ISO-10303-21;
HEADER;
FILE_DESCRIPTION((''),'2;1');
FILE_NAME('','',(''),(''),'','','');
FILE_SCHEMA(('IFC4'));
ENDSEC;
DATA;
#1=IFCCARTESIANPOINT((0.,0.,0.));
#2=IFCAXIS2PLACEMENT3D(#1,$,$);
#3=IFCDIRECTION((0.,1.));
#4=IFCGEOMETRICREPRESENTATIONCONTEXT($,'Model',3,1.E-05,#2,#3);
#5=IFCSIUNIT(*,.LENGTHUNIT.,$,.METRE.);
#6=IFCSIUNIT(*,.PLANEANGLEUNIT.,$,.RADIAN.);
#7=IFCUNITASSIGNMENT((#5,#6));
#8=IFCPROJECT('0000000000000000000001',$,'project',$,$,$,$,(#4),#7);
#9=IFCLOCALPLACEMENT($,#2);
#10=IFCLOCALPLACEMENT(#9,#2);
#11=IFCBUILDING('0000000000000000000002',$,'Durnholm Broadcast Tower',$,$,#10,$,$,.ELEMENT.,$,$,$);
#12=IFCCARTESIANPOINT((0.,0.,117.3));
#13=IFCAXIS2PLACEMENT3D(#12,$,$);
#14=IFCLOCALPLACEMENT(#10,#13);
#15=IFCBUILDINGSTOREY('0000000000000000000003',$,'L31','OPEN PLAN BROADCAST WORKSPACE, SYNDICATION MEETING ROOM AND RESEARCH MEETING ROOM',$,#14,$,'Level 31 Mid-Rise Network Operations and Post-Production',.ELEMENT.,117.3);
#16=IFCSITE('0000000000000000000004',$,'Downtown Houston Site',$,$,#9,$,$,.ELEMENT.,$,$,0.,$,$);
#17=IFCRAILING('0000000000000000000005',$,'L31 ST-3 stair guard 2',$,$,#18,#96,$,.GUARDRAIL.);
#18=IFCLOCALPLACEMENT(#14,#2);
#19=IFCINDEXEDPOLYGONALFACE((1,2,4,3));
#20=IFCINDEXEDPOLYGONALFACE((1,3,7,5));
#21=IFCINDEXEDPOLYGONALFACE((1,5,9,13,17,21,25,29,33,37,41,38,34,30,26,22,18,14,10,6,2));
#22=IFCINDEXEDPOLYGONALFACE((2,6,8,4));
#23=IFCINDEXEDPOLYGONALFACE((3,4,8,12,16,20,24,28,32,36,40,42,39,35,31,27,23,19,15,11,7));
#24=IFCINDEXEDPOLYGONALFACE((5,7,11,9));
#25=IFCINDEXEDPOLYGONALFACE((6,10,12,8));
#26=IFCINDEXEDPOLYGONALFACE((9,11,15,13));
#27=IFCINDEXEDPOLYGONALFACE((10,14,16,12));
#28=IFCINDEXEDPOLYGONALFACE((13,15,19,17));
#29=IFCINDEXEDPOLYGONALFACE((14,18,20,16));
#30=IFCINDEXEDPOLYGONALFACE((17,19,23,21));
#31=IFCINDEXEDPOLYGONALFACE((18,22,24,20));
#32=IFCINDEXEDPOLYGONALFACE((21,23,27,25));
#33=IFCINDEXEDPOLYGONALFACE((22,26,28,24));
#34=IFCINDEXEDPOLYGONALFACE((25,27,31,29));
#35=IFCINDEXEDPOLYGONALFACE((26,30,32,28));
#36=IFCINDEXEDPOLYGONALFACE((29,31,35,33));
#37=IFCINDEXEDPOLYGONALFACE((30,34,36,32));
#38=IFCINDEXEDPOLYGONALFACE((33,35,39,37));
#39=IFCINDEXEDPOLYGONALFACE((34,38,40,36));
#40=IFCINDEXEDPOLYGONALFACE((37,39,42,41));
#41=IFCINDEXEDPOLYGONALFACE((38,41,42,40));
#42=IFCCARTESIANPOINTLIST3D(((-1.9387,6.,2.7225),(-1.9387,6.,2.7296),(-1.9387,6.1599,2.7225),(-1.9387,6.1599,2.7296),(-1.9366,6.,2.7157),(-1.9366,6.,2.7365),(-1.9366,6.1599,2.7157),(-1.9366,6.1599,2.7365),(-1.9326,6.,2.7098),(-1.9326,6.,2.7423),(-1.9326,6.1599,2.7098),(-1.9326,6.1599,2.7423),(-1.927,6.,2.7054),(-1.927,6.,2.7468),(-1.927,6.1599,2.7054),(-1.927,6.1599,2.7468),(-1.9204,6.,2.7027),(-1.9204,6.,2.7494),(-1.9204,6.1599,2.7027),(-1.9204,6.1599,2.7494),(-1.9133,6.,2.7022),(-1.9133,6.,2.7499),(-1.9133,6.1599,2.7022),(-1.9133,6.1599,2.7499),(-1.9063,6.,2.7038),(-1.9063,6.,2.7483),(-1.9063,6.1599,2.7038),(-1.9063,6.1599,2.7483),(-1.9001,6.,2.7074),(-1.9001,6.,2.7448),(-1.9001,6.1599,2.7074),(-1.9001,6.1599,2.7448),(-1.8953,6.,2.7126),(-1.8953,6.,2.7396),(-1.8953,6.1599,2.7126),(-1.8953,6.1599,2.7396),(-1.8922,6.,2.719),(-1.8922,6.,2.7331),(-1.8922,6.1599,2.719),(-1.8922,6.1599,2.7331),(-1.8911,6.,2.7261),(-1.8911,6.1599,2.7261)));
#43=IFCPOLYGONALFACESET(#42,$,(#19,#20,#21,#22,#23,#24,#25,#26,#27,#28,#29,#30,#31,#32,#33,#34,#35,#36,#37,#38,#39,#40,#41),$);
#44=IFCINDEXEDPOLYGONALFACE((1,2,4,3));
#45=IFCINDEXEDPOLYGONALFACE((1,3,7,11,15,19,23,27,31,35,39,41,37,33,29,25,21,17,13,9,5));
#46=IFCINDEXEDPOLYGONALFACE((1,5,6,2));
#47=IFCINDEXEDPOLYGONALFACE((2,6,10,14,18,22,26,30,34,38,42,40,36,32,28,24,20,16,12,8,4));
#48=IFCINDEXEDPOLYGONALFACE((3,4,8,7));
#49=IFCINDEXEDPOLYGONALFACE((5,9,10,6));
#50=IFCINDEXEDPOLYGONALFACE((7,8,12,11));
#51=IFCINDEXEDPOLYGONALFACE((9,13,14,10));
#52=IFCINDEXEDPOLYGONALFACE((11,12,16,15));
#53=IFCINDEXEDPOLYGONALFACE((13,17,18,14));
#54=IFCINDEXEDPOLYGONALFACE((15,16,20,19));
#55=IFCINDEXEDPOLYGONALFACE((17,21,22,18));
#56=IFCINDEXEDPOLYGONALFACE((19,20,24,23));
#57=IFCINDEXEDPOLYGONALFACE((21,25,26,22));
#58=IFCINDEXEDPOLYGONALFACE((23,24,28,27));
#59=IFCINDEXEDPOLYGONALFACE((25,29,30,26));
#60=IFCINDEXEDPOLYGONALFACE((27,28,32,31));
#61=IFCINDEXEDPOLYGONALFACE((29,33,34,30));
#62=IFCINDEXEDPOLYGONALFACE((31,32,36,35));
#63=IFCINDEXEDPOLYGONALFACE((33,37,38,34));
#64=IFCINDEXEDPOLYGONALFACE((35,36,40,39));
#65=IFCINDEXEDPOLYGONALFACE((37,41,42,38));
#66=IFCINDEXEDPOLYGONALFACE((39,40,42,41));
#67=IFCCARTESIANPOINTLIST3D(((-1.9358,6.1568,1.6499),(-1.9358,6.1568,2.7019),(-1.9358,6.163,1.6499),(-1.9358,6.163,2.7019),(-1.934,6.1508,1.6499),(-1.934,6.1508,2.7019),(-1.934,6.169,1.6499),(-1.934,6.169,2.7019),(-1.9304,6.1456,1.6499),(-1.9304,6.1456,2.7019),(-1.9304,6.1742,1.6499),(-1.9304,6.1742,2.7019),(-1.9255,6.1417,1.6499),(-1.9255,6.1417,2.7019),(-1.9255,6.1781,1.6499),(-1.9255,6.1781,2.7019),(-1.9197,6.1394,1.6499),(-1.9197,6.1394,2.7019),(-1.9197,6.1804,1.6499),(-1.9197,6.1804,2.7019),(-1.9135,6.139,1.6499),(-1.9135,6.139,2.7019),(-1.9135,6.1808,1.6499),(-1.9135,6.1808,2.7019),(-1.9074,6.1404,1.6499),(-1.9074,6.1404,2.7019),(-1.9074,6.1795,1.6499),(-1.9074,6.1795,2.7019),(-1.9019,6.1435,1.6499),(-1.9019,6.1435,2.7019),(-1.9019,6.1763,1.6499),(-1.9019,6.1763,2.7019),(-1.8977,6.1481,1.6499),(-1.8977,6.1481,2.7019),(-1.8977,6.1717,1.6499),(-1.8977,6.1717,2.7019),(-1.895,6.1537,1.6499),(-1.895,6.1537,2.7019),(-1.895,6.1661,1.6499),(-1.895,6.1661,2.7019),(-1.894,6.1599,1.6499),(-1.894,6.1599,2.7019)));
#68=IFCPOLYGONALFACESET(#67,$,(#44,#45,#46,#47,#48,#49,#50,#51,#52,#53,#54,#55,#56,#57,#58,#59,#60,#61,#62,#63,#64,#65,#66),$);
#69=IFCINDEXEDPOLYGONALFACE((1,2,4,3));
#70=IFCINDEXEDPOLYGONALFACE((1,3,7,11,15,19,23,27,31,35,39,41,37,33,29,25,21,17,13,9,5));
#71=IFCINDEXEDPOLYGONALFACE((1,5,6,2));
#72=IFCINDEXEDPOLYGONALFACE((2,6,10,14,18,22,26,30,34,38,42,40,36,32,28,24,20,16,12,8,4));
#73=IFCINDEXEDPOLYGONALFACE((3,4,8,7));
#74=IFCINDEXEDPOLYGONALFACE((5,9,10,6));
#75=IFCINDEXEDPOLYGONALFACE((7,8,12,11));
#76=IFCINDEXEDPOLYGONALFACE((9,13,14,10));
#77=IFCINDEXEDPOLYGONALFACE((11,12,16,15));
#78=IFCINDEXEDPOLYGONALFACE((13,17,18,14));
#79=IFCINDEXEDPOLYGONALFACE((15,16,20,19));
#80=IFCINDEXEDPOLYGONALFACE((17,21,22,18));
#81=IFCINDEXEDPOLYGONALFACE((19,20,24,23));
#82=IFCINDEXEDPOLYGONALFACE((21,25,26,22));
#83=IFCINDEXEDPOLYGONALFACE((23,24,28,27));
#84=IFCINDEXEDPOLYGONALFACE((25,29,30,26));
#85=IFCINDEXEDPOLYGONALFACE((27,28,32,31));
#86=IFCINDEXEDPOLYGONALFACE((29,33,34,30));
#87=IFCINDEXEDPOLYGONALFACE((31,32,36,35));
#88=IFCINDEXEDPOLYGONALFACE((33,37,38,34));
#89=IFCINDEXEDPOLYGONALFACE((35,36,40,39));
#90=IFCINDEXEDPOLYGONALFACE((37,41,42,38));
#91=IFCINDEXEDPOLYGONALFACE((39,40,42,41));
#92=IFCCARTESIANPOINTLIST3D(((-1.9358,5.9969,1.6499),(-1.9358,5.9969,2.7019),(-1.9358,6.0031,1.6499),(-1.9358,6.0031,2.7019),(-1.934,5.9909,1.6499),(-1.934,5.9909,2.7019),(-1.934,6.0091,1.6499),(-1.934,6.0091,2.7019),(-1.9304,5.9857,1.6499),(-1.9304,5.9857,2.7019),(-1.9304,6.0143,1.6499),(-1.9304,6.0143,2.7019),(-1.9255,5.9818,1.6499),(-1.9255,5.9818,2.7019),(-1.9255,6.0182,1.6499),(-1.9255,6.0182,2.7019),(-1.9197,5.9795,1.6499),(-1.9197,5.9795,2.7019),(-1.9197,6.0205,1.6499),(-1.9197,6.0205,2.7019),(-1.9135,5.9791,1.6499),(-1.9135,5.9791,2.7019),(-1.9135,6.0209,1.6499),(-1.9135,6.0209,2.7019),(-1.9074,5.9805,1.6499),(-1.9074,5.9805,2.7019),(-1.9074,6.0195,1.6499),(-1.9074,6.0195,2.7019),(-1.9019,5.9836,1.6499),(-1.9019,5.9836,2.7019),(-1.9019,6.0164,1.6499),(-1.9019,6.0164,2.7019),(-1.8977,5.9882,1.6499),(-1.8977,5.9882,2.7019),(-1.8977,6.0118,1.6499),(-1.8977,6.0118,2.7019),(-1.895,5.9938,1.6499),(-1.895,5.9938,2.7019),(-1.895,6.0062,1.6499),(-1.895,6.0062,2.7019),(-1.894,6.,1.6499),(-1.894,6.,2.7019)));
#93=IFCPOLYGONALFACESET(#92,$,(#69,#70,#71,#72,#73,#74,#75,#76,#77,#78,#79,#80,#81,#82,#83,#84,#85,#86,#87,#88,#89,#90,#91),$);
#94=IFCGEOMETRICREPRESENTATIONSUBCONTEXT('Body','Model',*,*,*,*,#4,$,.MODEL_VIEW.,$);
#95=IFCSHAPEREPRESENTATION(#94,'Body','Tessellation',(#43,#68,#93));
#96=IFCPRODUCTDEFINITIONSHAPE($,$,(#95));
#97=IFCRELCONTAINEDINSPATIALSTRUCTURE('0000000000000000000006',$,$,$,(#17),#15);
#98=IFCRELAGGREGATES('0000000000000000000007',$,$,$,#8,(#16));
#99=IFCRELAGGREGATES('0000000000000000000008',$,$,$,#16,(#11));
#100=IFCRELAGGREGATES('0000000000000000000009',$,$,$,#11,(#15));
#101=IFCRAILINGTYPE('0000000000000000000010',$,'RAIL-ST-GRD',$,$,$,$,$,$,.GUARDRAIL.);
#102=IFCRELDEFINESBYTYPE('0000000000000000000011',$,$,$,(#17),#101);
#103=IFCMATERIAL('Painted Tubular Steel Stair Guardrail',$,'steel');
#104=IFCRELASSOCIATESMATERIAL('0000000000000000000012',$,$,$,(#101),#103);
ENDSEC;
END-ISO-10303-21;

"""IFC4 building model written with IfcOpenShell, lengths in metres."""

from ifc_helpers import new_model, si_unit, direction, frame, origin, origin_2d, place, context, subcontext, project, spatial, circle, extrude, material, type_object, element, save


model = new_model("IFC4")

# Units and contexts
model_context = context("Model", 3, precision=1e-05, world=origin(), true_north=direction((0.0, 1.0)))
body_context = subcontext(model_context, "Body", "Model", "MODEL_VIEW")
ifc_project = project(units=[si_unit("LENGTHUNIT", "METRE"), si_unit("PLANEANGLEUNIT", "RADIAN")], contexts=[model_context])

# Site, building, storey
site_placement = place(None, origin())
site = spatial("IfcSite", under=ifc_project, at=site_placement, Name="Downtown Houston Site", CompositionType="ELEMENT", RefElevation=0.0)
building_placement = place(site_placement, origin())
building = spatial("IfcBuilding", under=site, at=building_placement, Name="Durnholm Broadcast Tower", CompositionType="ELEMENT")
storey_placement = place(building_placement, frame((0.0, 0.0, 117.3)))
storey = spatial("IfcBuildingStorey", under=building, at=storey_placement, Name="L31", Description="OPEN PLAN BROADCAST WORKSPACE, SYNDICATION MEETING ROOM AND RESEARCH MEETING ROOM", LongName="Level 31 Mid-Rise Network Operations and Post-Production", CompositionType="ELEMENT", Elevation=117.3)

# Railing
ifc_material_1 = material(Name="Painted Tubular Steel Stair Guardrail", Category="steel")
railing_type_1 = type_object("IfcRailingType", Name="RAIL-ST-GRD", PredefinedType="GUARDRAIL", material=ifc_material_1)
railing_1_placement = place(storey_placement, frame((-1.915, 6.1599, 1.6499)))
element("IfcRailing", 1, at=railing_1_placement, inside=storey, type_object=railing_type_1, Name="L31 ST-3 stair guard 2", PredefinedType="GUARDRAIL", context=body_context, shape_type="SweptSolid", body=[
    extrude(circle(Radius=0.0239, at=origin_2d()), frame((0.0, 0.0, 1.0762), z_axis=(0.0, -1.0, 0.0), x_axis=(1.0, 0.0, 0.0)), (0.0, 0.0, 1.0), 0.1599),
    extrude(circle(Radius=0.021, at=origin_2d()), origin(), (0.0, 0.0, 1.0), 1.052),
    extrude(circle(Radius=0.021, at=origin_2d()), frame((0.0, -0.1599, 0.0)), (0.0, 0.0, 1.0), 1.052),
])

save(model, "model.ifc")
